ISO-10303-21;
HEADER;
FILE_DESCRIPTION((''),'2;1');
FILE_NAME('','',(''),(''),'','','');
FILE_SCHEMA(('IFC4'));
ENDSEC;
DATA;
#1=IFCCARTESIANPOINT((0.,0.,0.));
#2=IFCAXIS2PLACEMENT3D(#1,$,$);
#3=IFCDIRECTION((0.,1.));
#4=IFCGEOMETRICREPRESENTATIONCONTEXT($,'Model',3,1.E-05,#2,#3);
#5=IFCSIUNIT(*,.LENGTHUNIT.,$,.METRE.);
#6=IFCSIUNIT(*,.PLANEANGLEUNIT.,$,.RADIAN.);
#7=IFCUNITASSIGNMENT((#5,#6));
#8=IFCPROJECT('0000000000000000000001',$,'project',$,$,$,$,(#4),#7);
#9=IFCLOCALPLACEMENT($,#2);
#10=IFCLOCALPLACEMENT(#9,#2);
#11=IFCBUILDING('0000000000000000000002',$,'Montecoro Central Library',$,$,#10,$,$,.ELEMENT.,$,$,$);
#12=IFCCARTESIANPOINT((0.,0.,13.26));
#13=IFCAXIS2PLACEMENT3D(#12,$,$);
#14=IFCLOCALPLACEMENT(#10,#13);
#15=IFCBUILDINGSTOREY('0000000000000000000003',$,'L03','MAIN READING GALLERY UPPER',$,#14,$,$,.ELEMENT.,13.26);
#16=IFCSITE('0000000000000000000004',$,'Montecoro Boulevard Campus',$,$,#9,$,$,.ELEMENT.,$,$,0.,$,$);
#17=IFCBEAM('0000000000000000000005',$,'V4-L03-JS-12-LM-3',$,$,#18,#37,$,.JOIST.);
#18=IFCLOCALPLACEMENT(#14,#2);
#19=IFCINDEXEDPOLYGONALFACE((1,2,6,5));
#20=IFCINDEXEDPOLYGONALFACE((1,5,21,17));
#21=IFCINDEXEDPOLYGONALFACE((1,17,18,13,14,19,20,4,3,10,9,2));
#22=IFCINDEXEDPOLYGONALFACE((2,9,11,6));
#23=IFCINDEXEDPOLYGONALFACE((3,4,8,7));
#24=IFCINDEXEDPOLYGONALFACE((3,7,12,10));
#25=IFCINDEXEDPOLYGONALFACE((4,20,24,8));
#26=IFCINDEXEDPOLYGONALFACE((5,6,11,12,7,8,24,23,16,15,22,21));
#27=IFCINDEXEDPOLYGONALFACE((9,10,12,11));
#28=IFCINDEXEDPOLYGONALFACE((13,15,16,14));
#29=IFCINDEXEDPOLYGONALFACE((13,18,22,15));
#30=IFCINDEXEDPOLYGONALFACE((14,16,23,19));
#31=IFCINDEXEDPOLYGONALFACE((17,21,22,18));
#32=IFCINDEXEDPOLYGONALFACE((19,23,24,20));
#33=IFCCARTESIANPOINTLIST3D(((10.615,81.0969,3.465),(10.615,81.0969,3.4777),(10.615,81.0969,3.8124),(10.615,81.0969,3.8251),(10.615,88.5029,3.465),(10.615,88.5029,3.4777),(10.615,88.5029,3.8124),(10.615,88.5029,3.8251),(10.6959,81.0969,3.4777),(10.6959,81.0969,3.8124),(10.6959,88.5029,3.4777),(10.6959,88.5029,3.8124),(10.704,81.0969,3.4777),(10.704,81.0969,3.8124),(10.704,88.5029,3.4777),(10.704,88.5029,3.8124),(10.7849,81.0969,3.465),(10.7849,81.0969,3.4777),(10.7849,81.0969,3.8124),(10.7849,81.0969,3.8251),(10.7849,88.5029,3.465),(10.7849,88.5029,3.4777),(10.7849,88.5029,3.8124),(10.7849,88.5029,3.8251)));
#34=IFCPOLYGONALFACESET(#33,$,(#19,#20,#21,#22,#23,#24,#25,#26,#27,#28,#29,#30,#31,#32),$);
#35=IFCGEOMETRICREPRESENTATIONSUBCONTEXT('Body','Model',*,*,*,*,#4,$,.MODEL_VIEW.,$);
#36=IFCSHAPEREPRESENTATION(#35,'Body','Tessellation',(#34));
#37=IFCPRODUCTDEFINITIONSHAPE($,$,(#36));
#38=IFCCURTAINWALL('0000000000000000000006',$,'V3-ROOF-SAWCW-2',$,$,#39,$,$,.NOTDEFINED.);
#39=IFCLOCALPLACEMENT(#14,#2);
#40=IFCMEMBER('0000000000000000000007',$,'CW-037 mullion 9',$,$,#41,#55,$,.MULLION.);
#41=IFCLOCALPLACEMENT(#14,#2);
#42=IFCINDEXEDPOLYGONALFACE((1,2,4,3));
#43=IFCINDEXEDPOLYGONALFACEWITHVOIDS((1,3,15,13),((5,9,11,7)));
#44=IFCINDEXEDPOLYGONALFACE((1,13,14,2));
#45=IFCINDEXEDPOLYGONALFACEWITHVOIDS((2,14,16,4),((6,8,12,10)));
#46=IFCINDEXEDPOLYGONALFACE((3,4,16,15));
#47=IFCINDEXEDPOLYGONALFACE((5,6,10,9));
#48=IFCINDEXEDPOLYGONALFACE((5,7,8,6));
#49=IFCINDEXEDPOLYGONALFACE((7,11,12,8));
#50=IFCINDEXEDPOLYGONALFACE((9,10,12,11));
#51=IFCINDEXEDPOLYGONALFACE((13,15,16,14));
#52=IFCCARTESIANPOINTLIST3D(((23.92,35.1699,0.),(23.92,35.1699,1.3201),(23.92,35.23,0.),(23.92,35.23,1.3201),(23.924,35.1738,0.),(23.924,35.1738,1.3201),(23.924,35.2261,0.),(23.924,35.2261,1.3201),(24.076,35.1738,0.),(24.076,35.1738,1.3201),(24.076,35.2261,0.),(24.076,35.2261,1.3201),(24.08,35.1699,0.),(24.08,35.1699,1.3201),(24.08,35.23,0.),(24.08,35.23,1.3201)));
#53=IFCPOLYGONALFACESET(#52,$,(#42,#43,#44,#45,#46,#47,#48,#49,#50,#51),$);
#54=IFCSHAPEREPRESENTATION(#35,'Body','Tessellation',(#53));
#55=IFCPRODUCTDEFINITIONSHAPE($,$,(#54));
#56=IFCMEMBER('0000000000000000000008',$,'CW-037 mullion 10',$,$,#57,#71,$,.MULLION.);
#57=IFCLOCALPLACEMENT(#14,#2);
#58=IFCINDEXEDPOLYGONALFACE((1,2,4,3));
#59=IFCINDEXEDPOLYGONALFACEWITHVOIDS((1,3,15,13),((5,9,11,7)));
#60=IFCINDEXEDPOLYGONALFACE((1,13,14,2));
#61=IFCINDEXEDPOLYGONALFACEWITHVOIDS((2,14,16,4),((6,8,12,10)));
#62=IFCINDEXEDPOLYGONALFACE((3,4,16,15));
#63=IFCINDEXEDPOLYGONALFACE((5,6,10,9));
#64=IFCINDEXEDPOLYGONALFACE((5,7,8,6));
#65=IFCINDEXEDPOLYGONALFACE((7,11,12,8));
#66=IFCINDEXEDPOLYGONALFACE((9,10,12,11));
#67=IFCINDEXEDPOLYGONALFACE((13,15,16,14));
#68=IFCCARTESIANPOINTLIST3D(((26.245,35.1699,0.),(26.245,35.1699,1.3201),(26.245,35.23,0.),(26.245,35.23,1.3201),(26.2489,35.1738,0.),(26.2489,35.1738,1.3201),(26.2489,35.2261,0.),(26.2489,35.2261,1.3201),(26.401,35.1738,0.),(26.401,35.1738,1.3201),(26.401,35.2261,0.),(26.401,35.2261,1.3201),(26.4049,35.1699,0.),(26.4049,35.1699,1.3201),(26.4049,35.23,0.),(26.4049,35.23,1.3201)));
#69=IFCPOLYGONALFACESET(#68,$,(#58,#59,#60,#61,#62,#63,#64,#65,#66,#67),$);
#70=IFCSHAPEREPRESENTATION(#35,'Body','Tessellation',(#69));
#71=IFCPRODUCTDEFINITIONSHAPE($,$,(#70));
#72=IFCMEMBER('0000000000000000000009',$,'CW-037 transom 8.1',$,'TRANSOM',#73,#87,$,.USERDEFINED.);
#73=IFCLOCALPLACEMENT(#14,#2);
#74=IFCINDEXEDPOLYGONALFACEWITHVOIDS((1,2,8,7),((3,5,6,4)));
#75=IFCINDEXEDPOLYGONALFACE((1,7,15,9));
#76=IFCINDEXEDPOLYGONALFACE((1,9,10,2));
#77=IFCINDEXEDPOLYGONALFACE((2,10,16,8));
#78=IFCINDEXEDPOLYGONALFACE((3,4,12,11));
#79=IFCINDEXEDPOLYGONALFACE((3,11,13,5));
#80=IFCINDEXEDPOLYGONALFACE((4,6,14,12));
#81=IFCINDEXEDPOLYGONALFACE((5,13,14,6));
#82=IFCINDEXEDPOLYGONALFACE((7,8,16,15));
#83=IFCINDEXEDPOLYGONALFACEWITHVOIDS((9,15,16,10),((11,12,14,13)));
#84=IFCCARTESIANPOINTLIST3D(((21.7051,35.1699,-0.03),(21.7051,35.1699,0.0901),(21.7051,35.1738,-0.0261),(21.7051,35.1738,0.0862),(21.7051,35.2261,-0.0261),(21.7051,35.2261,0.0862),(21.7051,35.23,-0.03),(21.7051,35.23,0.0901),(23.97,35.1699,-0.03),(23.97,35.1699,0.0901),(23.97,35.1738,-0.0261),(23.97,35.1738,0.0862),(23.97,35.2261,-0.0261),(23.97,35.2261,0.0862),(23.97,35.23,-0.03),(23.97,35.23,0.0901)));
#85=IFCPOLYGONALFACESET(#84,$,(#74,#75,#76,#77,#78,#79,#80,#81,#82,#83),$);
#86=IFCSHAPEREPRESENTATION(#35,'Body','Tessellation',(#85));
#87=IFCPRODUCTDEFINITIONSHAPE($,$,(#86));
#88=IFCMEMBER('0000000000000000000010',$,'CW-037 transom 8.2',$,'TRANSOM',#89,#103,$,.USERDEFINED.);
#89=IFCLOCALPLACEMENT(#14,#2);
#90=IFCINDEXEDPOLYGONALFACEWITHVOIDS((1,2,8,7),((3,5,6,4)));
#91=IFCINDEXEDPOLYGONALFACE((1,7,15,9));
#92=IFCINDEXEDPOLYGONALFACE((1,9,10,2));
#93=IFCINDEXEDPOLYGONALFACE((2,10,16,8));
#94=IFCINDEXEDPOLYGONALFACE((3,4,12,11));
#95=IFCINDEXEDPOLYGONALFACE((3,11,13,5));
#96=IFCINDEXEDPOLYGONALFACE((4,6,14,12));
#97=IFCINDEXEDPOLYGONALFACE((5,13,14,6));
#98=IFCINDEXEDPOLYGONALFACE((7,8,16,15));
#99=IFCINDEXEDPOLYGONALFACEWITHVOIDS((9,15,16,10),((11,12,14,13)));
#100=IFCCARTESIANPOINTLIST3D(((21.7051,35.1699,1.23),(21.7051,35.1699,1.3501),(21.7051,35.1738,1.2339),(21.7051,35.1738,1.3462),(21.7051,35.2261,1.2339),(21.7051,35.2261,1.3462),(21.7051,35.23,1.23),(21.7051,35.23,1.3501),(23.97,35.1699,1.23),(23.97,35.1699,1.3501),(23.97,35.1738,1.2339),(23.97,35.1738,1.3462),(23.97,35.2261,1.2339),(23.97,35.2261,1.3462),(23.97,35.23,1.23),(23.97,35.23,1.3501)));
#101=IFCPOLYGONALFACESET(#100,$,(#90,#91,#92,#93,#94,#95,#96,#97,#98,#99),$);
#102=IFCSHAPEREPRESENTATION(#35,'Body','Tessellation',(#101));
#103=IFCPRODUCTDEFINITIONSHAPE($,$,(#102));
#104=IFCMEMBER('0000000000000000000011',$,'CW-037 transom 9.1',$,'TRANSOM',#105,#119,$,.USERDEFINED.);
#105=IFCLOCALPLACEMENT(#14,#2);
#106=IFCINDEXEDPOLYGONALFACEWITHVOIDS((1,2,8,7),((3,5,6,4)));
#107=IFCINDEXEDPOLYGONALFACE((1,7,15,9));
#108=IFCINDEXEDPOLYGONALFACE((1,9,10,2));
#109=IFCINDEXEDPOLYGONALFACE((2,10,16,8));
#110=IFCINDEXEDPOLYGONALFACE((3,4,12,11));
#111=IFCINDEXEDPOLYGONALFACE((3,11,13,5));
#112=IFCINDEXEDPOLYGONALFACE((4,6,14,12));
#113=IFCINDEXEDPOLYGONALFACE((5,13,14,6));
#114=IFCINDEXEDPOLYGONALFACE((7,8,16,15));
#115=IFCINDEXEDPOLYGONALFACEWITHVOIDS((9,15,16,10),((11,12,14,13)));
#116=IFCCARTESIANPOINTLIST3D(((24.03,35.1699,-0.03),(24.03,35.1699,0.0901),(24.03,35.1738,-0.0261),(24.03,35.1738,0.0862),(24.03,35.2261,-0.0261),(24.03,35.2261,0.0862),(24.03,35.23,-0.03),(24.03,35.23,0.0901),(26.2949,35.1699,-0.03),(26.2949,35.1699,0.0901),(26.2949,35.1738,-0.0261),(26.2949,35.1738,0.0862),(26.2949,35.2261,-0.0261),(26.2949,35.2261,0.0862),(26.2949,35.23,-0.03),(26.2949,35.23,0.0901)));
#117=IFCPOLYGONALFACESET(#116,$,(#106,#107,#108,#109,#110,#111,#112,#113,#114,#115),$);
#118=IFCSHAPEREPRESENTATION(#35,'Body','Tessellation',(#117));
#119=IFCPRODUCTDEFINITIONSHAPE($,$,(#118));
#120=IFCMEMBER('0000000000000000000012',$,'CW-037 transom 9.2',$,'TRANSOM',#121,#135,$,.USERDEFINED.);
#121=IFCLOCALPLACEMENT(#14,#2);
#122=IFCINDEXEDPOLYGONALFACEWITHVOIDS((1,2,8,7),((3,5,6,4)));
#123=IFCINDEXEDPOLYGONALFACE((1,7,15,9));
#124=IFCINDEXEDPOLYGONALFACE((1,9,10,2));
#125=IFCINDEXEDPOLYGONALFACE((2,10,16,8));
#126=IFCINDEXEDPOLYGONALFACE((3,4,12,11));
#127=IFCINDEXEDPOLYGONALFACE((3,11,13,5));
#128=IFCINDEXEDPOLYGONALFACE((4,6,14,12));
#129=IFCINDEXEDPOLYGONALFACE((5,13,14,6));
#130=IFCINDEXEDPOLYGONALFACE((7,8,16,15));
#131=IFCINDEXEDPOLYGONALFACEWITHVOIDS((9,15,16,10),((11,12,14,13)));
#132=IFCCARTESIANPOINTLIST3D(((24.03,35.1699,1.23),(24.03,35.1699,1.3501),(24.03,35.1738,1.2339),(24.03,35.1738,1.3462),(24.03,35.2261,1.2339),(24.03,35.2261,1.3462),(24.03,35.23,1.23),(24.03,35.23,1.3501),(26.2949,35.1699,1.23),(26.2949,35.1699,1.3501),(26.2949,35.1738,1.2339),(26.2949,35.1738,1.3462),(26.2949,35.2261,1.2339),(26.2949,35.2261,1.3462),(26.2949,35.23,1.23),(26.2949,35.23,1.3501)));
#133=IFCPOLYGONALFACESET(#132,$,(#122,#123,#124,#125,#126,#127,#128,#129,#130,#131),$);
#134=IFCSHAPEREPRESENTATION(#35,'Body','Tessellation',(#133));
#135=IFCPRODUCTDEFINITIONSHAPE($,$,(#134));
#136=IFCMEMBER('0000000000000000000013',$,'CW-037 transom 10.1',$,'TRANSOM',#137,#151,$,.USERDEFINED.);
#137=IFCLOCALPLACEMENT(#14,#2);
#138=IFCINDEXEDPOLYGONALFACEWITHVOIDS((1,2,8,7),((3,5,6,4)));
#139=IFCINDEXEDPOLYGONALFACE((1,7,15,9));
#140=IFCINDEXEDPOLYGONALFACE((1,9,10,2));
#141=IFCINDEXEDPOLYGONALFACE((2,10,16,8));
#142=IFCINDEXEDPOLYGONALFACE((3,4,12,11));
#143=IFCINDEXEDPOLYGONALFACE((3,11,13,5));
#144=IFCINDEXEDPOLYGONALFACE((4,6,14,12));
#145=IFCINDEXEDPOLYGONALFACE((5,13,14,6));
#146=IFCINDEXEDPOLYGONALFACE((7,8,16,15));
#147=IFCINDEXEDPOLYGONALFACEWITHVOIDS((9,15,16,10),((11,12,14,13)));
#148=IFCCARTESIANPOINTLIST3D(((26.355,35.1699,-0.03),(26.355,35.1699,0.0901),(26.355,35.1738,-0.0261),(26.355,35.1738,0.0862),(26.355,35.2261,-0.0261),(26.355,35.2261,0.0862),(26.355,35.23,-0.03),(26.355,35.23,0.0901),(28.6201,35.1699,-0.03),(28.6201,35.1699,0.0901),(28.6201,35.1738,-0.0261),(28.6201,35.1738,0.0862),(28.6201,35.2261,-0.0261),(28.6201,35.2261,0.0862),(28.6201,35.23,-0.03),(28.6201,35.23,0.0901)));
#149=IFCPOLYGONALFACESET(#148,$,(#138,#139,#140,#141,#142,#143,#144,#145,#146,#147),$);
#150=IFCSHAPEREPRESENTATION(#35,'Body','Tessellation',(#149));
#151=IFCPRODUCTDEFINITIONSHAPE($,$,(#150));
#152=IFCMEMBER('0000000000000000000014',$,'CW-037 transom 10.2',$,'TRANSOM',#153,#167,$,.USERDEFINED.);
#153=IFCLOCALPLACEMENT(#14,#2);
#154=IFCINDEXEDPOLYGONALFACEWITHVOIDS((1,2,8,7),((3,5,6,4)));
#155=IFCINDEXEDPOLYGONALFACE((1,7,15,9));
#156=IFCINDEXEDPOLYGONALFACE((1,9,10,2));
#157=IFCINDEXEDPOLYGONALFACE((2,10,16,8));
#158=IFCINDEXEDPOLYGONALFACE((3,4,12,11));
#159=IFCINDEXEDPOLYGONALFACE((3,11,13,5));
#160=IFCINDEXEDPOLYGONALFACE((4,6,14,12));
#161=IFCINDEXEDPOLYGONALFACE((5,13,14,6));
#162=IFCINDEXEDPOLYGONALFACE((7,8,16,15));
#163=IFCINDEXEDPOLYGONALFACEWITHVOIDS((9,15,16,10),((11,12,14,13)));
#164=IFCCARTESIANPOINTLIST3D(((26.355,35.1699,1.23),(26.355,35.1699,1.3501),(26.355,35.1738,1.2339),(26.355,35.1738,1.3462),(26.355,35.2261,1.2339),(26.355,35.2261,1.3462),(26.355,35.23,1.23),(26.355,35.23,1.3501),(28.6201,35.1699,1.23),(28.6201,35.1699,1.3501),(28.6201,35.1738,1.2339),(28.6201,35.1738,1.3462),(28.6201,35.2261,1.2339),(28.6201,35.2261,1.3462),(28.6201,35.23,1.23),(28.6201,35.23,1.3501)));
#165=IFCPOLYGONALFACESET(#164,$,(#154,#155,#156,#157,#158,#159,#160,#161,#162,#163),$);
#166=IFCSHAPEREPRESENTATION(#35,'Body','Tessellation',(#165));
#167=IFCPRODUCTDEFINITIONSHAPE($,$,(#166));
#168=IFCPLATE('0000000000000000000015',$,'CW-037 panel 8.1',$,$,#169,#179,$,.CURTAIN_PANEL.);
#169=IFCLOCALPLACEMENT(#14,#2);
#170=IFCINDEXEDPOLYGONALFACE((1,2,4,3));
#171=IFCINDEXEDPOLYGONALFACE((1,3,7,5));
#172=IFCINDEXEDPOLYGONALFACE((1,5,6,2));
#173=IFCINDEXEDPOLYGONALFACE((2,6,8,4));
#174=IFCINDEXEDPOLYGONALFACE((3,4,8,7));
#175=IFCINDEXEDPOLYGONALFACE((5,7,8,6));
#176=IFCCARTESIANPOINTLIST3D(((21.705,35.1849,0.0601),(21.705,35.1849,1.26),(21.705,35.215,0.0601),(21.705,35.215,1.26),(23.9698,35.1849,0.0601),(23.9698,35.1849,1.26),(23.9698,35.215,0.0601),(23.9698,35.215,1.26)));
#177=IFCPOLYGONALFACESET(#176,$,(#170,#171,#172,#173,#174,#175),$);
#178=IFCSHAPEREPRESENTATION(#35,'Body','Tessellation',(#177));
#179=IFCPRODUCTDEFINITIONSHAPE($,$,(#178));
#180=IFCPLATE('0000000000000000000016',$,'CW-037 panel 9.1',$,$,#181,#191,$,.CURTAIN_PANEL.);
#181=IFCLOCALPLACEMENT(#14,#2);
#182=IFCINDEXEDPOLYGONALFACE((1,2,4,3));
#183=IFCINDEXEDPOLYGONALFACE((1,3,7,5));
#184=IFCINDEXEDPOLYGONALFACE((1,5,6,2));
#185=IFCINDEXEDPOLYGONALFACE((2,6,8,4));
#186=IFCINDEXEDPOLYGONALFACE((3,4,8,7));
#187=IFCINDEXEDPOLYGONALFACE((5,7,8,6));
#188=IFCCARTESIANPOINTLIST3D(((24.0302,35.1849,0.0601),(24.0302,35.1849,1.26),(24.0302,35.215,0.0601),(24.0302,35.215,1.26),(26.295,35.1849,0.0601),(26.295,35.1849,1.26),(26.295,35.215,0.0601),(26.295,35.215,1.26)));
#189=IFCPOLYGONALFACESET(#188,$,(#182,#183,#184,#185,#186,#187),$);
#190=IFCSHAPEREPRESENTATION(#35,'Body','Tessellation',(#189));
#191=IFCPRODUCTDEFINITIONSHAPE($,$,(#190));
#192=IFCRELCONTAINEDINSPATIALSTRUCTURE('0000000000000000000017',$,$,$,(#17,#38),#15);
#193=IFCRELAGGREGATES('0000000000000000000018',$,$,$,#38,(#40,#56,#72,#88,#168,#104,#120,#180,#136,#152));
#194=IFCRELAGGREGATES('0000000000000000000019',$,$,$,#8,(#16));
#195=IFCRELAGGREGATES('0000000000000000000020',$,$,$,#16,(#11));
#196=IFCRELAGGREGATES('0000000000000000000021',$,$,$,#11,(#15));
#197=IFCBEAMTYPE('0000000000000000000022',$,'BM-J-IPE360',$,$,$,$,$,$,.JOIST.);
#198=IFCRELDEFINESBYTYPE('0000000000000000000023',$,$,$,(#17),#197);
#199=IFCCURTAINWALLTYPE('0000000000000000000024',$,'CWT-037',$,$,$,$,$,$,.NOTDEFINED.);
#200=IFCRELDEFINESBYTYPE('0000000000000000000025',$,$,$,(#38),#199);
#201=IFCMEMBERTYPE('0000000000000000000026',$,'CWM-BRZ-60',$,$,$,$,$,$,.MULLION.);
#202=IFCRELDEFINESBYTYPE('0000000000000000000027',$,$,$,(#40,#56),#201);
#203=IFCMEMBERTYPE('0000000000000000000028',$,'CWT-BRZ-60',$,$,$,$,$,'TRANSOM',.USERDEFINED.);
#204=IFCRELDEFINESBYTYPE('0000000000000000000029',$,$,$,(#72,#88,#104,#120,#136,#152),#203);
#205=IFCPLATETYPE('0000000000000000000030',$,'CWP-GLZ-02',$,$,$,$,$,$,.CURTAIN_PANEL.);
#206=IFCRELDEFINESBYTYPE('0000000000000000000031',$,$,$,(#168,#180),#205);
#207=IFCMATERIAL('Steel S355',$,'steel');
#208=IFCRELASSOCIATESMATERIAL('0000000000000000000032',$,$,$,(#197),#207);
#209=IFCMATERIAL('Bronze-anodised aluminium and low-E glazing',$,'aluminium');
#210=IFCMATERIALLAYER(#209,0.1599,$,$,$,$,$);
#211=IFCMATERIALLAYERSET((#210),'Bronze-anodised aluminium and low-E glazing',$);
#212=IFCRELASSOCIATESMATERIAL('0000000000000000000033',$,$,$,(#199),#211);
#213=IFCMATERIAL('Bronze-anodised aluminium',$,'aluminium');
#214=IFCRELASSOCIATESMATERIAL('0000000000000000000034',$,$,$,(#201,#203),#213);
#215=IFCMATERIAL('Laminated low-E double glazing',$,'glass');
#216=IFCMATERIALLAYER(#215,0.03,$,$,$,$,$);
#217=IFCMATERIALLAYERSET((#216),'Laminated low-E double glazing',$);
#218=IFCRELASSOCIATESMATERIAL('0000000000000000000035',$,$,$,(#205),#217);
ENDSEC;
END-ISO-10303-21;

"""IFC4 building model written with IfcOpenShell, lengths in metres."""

from ifc_helpers import new_model, si_unit, direction, frame, origin, origin_2d, place, context, subcontext, project, spatial, rectangle, hollow_rectangle, i_section, extrude, material, layer, layer_set, material_profile, profile_set, type_object, element, aggregate, save


model = new_model("IFC4")

# Units and contexts
model_context = context("Model", 3, precision=1e-05, world=origin(), true_north=direction((0.0, 1.0)))
body_context = subcontext(model_context, "Body", "Model", "MODEL_VIEW")
ifc_project = project(units=[si_unit("LENGTHUNIT", "METRE"), si_unit("PLANEANGLEUNIT", "RADIAN")], contexts=[model_context])

# Site, building, storey
site_placement = place(None, origin())
site = spatial("IfcSite", under=ifc_project, at=site_placement, Name="Montecoro Boulevard Campus", CompositionType="ELEMENT", RefElevation=0.0)
building_placement = place(site_placement, origin())
building = spatial("IfcBuilding", under=site, at=building_placement, Name="Montecoro Central Library", CompositionType="ELEMENT")
storey_placement = place(building_placement, frame((0.0, 0.0, 13.26)))
storey = spatial("IfcBuildingStorey", under=building, at=storey_placement, Name="L03", Description="MAIN READING GALLERY UPPER", CompositionType="ELEMENT", Elevation=13.26)

# Shared definitions
ifc_material_1 = material(Name="Steel S355", Category="steel")

# Beam
ifc_material_profile_1 = material_profile(ifc_material_1, i_section(OverallWidth=0.1699, OverallDepth=0.3601, WebThickness=0.0081, FlangeThickness=0.0127, at=origin_2d()), Name="IPE 360")
ifc_profile_set_1 = profile_set([ifc_material_profile_1], Name="Steel S355")
beam_type_1 = type_object("IfcBeamType", Name="BM-J-IPE360", PredefinedType="JOIST", material=ifc_profile_set_1)
for number, where, z_axis, x_axis, name in (
    (1, (10.7, 81.0969, 3.645), (0.0, 1.0, 0.0), (-1.0, 0.0, 0.0), "V4-L03-JS-12-LM-3"),
):
    element("IfcBeam", number, at=place(storey_placement, frame(where, z_axis=z_axis, x_axis=x_axis)), inside=storey, type_object=beam_type_1, Name=name, PredefinedType="JOIST", context=body_context, shape_type="SweptSolid", body=[
        extrude(i_section(OverallWidth=0.1699, OverallDepth=0.3601, WebThickness=0.0081, FlangeThickness=0.0127, at=origin_2d()), origin(), (0.0, 0.0, 1.0), 7.406),
    ])

# Curtain wall, members, plates
ifc_material_2 = material(Name="Bronze-anodised aluminium and low-E glazing", Category="aluminium")
ifc_layer_1 = layer(ifc_material_2, 0.1599)
ifc_layer_set_1 = layer_set([ifc_layer_1], Name="Bronze-anodised aluminium and low-E glazing")
curtain_wall_type = type_object("IfcCurtainWallType", Name="CWT-037", PredefinedType="NOTDEFINED", material=ifc_layer_set_1)
curtain_wall_placement = place(storey_placement, origin())
curtain_wall = element("IfcCurtainWall", 2, at=curtain_wall_placement, inside=storey, type_object=curtain_wall_type, Name="V3-ROOF-SAWCW-2", PredefinedType="NOTDEFINED")
ifc_material_3 = material(Name="Bronze-anodised aluminium", Category="aluminium")
ifc_material_profile_2 = material_profile(ifc_material_3, hollow_rectangle(XDim=0.0601, YDim=0.1599, WallThickness=0.0039, at=origin_2d()), Name="CWM 160x60x4.0")
ifc_profile_set_2 = profile_set([ifc_material_profile_2], Name="Bronze-anodised aluminium")
member_type_1 = type_object("IfcMemberType", Name="CWM-BRZ-60", PredefinedType="MULLION", material=ifc_profile_set_2)
member_1_placement = place(storey_placement, frame((24.0, 35.2, 0.0), z_axis=(0.0, 0.0, 1.0), x_axis=(0.0, 1.0, 0.0)))
member_1 = element("IfcMember", 3, at=member_1_placement, type_object=member_type_1, Name="CW-037 mullion 9", PredefinedType="MULLION", context=body_context, shape_type="SweptSolid", body=[
    extrude(hollow_rectangle(XDim=0.0601, YDim=0.1599, WallThickness=0.0039, at=origin_2d()), origin(), (0.0, 0.0, 1.0), 1.3201),
])
member_2_placement = place(storey_placement, frame((26.325, 35.2, 0.0), z_axis=(0.0, 0.0, 1.0), x_axis=(0.0, 1.0, 0.0)))
member_2 = element("IfcMember", 4, at=member_2_placement, type_object=member_type_1, Name="CW-037 mullion 10", PredefinedType="MULLION", context=body_context, shape_type="SweptSolid", body=[
    extrude(hollow_rectangle(XDim=0.0601, YDim=0.1599, WallThickness=0.0039, at=origin_2d()), origin(), (0.0, 0.0, 1.0), 1.3201),
])
ifc_material_profile_3 = material_profile(ifc_material_3, hollow_rectangle(XDim=0.0601, YDim=0.1201, WallThickness=0.0039, at=origin_2d()), Name="CWT 120x60x4.0")
ifc_profile_set_3 = profile_set([ifc_material_profile_3], Name="Bronze-anodised aluminium")
member_type_2 = type_object("IfcMemberType", Name="CWT-BRZ-60", ElementType="TRANSOM", PredefinedType="USERDEFINED", material=ifc_profile_set_3)
member_3_placement = place(storey_placement, frame((21.7051, 35.2, 0.03), z_axis=(1.0, 0.0, 0.0), x_axis=(0.0, 1.0, 0.0)))
member_3 = element("IfcMember", 5, at=member_3_placement, type_object=member_type_2, Name="CW-037 transom 8.1", ObjectType="TRANSOM", PredefinedType="USERDEFINED", context=body_context, shape_type="SweptSolid", body=[
    extrude(hollow_rectangle(XDim=0.0601, YDim=0.1201, WallThickness=0.0039, at=origin_2d()), origin(), (0.0, 0.0, 1.0), 2.2649),
])
member_4_placement = place(storey_placement, frame((21.7051, 35.2, 1.29), z_axis=(1.0, 0.0, 0.0), x_axis=(0.0, 1.0, 0.0)))
member_4 = element("IfcMember", 6, at=member_4_placement, type_object=member_type_2, Name="CW-037 transom 8.2", ObjectType="TRANSOM", PredefinedType="USERDEFINED", context=body_context, shape_type="SweptSolid", body=[
    extrude(hollow_rectangle(XDim=0.0601, YDim=0.1201, WallThickness=0.0039, at=origin_2d()), origin(), (0.0, 0.0, 1.0), 2.2649),
])
member_5_placement = place(storey_placement, frame((24.03, 35.2, 0.03), z_axis=(1.0, 0.0, 0.0), x_axis=(0.0, 1.0, 0.0)))
member_5 = element("IfcMember", 7, at=member_5_placement, type_object=member_type_2, Name="CW-037 transom 9.1", ObjectType="TRANSOM", PredefinedType="USERDEFINED", context=body_context, shape_type="SweptSolid", body=[
    extrude(hollow_rectangle(XDim=0.0601, YDim=0.1201, WallThickness=0.0039, at=origin_2d()), origin(), (0.0, 0.0, 1.0), 2.2649),
])
member_6_placement = place(storey_placement, frame((24.03, 35.2, 1.29), z_axis=(1.0, 0.0, 0.0), x_axis=(0.0, 1.0, 0.0)))
member_6 = element("IfcMember", 8, at=member_6_placement, type_object=member_type_2, Name="CW-037 transom 9.2", ObjectType="TRANSOM", PredefinedType="USERDEFINED", context=body_context, shape_type="SweptSolid", body=[
    extrude(hollow_rectangle(XDim=0.0601, YDim=0.1201, WallThickness=0.0039, at=origin_2d()), origin(), (0.0, 0.0, 1.0), 2.2649),
])
member_7_placement = place(storey_placement, frame((26.355, 35.2, 0.03), z_axis=(1.0, 0.0, 0.0), x_axis=(0.0, 1.0, 0.0)))
member_7 = element("IfcMember", 9, at=member_7_placement, type_object=member_type_2, Name="CW-037 transom 10.1", ObjectType="TRANSOM", PredefinedType="USERDEFINED", context=body_context, shape_type="SweptSolid", body=[
    extrude(hollow_rectangle(XDim=0.0601, YDim=0.1201, WallThickness=0.0039, at=origin_2d()), origin(), (0.0, 0.0, 1.0), 2.2651),
])
member_8_placement = place(storey_placement, frame((26.355, 35.2, 1.29), z_axis=(1.0, 0.0, 0.0), x_axis=(0.0, 1.0, 0.0)))
member_8 = element("IfcMember", 10, at=member_8_placement, type_object=member_type_2, Name="CW-037 transom 10.2", ObjectType="TRANSOM", PredefinedType="USERDEFINED", context=body_context, shape_type="SweptSolid", body=[
    extrude(hollow_rectangle(XDim=0.0601, YDim=0.1201, WallThickness=0.0039, at=origin_2d()), origin(), (0.0, 0.0, 1.0), 2.2651),
])
ifc_material_4 = material(Name="Laminated low-E double glazing", Category="glass")
ifc_layer_2 = layer(ifc_material_4, 0.03)
ifc_layer_set_2 = layer_set([ifc_layer_2], Name="Laminated low-E double glazing")
plate_type_1 = type_object("IfcPlateType", Name="CWP-GLZ-02", PredefinedType="CURTAIN_PANEL", material=ifc_layer_set_2)
plate_1_placement = place(storey_placement, frame((22.8374, 35.2, 0.0601), z_axis=(0.0, 0.0, 1.0), x_axis=(1.0, 0.0, 0.0)))
plate_1 = element("IfcPlate", 11, at=plate_1_placement, type_object=plate_type_1, Name="CW-037 panel 8.1", PredefinedType="CURTAIN_PANEL", context=body_context, shape_type="SweptSolid", body=[
    extrude(rectangle(XDim=2.2649, YDim=0.03, at=origin_2d()), origin(), (0.0, 0.0, 1.0), 1.2),
])
plate_2_placement = place(storey_placement, frame((25.1626, 35.2, 0.0601), z_axis=(0.0, 0.0, 1.0), x_axis=(1.0, 0.0, 0.0)))
plate_2 = element("IfcPlate", 12, at=plate_2_placement, type_object=plate_type_1, Name="CW-037 panel 9.1", PredefinedType="CURTAIN_PANEL", context=body_context, shape_type="SweptSolid", body=[
    extrude(rectangle(XDim=2.2649, YDim=0.03, at=origin_2d()), origin(), (0.0, 0.0, 1.0), 1.2),
])
aggregate(curtain_wall, [member_1, member_2, member_3, member_4, plate_1, member_5, member_6, plate_2, member_7, member_8])

save(model, "model.ifc")
